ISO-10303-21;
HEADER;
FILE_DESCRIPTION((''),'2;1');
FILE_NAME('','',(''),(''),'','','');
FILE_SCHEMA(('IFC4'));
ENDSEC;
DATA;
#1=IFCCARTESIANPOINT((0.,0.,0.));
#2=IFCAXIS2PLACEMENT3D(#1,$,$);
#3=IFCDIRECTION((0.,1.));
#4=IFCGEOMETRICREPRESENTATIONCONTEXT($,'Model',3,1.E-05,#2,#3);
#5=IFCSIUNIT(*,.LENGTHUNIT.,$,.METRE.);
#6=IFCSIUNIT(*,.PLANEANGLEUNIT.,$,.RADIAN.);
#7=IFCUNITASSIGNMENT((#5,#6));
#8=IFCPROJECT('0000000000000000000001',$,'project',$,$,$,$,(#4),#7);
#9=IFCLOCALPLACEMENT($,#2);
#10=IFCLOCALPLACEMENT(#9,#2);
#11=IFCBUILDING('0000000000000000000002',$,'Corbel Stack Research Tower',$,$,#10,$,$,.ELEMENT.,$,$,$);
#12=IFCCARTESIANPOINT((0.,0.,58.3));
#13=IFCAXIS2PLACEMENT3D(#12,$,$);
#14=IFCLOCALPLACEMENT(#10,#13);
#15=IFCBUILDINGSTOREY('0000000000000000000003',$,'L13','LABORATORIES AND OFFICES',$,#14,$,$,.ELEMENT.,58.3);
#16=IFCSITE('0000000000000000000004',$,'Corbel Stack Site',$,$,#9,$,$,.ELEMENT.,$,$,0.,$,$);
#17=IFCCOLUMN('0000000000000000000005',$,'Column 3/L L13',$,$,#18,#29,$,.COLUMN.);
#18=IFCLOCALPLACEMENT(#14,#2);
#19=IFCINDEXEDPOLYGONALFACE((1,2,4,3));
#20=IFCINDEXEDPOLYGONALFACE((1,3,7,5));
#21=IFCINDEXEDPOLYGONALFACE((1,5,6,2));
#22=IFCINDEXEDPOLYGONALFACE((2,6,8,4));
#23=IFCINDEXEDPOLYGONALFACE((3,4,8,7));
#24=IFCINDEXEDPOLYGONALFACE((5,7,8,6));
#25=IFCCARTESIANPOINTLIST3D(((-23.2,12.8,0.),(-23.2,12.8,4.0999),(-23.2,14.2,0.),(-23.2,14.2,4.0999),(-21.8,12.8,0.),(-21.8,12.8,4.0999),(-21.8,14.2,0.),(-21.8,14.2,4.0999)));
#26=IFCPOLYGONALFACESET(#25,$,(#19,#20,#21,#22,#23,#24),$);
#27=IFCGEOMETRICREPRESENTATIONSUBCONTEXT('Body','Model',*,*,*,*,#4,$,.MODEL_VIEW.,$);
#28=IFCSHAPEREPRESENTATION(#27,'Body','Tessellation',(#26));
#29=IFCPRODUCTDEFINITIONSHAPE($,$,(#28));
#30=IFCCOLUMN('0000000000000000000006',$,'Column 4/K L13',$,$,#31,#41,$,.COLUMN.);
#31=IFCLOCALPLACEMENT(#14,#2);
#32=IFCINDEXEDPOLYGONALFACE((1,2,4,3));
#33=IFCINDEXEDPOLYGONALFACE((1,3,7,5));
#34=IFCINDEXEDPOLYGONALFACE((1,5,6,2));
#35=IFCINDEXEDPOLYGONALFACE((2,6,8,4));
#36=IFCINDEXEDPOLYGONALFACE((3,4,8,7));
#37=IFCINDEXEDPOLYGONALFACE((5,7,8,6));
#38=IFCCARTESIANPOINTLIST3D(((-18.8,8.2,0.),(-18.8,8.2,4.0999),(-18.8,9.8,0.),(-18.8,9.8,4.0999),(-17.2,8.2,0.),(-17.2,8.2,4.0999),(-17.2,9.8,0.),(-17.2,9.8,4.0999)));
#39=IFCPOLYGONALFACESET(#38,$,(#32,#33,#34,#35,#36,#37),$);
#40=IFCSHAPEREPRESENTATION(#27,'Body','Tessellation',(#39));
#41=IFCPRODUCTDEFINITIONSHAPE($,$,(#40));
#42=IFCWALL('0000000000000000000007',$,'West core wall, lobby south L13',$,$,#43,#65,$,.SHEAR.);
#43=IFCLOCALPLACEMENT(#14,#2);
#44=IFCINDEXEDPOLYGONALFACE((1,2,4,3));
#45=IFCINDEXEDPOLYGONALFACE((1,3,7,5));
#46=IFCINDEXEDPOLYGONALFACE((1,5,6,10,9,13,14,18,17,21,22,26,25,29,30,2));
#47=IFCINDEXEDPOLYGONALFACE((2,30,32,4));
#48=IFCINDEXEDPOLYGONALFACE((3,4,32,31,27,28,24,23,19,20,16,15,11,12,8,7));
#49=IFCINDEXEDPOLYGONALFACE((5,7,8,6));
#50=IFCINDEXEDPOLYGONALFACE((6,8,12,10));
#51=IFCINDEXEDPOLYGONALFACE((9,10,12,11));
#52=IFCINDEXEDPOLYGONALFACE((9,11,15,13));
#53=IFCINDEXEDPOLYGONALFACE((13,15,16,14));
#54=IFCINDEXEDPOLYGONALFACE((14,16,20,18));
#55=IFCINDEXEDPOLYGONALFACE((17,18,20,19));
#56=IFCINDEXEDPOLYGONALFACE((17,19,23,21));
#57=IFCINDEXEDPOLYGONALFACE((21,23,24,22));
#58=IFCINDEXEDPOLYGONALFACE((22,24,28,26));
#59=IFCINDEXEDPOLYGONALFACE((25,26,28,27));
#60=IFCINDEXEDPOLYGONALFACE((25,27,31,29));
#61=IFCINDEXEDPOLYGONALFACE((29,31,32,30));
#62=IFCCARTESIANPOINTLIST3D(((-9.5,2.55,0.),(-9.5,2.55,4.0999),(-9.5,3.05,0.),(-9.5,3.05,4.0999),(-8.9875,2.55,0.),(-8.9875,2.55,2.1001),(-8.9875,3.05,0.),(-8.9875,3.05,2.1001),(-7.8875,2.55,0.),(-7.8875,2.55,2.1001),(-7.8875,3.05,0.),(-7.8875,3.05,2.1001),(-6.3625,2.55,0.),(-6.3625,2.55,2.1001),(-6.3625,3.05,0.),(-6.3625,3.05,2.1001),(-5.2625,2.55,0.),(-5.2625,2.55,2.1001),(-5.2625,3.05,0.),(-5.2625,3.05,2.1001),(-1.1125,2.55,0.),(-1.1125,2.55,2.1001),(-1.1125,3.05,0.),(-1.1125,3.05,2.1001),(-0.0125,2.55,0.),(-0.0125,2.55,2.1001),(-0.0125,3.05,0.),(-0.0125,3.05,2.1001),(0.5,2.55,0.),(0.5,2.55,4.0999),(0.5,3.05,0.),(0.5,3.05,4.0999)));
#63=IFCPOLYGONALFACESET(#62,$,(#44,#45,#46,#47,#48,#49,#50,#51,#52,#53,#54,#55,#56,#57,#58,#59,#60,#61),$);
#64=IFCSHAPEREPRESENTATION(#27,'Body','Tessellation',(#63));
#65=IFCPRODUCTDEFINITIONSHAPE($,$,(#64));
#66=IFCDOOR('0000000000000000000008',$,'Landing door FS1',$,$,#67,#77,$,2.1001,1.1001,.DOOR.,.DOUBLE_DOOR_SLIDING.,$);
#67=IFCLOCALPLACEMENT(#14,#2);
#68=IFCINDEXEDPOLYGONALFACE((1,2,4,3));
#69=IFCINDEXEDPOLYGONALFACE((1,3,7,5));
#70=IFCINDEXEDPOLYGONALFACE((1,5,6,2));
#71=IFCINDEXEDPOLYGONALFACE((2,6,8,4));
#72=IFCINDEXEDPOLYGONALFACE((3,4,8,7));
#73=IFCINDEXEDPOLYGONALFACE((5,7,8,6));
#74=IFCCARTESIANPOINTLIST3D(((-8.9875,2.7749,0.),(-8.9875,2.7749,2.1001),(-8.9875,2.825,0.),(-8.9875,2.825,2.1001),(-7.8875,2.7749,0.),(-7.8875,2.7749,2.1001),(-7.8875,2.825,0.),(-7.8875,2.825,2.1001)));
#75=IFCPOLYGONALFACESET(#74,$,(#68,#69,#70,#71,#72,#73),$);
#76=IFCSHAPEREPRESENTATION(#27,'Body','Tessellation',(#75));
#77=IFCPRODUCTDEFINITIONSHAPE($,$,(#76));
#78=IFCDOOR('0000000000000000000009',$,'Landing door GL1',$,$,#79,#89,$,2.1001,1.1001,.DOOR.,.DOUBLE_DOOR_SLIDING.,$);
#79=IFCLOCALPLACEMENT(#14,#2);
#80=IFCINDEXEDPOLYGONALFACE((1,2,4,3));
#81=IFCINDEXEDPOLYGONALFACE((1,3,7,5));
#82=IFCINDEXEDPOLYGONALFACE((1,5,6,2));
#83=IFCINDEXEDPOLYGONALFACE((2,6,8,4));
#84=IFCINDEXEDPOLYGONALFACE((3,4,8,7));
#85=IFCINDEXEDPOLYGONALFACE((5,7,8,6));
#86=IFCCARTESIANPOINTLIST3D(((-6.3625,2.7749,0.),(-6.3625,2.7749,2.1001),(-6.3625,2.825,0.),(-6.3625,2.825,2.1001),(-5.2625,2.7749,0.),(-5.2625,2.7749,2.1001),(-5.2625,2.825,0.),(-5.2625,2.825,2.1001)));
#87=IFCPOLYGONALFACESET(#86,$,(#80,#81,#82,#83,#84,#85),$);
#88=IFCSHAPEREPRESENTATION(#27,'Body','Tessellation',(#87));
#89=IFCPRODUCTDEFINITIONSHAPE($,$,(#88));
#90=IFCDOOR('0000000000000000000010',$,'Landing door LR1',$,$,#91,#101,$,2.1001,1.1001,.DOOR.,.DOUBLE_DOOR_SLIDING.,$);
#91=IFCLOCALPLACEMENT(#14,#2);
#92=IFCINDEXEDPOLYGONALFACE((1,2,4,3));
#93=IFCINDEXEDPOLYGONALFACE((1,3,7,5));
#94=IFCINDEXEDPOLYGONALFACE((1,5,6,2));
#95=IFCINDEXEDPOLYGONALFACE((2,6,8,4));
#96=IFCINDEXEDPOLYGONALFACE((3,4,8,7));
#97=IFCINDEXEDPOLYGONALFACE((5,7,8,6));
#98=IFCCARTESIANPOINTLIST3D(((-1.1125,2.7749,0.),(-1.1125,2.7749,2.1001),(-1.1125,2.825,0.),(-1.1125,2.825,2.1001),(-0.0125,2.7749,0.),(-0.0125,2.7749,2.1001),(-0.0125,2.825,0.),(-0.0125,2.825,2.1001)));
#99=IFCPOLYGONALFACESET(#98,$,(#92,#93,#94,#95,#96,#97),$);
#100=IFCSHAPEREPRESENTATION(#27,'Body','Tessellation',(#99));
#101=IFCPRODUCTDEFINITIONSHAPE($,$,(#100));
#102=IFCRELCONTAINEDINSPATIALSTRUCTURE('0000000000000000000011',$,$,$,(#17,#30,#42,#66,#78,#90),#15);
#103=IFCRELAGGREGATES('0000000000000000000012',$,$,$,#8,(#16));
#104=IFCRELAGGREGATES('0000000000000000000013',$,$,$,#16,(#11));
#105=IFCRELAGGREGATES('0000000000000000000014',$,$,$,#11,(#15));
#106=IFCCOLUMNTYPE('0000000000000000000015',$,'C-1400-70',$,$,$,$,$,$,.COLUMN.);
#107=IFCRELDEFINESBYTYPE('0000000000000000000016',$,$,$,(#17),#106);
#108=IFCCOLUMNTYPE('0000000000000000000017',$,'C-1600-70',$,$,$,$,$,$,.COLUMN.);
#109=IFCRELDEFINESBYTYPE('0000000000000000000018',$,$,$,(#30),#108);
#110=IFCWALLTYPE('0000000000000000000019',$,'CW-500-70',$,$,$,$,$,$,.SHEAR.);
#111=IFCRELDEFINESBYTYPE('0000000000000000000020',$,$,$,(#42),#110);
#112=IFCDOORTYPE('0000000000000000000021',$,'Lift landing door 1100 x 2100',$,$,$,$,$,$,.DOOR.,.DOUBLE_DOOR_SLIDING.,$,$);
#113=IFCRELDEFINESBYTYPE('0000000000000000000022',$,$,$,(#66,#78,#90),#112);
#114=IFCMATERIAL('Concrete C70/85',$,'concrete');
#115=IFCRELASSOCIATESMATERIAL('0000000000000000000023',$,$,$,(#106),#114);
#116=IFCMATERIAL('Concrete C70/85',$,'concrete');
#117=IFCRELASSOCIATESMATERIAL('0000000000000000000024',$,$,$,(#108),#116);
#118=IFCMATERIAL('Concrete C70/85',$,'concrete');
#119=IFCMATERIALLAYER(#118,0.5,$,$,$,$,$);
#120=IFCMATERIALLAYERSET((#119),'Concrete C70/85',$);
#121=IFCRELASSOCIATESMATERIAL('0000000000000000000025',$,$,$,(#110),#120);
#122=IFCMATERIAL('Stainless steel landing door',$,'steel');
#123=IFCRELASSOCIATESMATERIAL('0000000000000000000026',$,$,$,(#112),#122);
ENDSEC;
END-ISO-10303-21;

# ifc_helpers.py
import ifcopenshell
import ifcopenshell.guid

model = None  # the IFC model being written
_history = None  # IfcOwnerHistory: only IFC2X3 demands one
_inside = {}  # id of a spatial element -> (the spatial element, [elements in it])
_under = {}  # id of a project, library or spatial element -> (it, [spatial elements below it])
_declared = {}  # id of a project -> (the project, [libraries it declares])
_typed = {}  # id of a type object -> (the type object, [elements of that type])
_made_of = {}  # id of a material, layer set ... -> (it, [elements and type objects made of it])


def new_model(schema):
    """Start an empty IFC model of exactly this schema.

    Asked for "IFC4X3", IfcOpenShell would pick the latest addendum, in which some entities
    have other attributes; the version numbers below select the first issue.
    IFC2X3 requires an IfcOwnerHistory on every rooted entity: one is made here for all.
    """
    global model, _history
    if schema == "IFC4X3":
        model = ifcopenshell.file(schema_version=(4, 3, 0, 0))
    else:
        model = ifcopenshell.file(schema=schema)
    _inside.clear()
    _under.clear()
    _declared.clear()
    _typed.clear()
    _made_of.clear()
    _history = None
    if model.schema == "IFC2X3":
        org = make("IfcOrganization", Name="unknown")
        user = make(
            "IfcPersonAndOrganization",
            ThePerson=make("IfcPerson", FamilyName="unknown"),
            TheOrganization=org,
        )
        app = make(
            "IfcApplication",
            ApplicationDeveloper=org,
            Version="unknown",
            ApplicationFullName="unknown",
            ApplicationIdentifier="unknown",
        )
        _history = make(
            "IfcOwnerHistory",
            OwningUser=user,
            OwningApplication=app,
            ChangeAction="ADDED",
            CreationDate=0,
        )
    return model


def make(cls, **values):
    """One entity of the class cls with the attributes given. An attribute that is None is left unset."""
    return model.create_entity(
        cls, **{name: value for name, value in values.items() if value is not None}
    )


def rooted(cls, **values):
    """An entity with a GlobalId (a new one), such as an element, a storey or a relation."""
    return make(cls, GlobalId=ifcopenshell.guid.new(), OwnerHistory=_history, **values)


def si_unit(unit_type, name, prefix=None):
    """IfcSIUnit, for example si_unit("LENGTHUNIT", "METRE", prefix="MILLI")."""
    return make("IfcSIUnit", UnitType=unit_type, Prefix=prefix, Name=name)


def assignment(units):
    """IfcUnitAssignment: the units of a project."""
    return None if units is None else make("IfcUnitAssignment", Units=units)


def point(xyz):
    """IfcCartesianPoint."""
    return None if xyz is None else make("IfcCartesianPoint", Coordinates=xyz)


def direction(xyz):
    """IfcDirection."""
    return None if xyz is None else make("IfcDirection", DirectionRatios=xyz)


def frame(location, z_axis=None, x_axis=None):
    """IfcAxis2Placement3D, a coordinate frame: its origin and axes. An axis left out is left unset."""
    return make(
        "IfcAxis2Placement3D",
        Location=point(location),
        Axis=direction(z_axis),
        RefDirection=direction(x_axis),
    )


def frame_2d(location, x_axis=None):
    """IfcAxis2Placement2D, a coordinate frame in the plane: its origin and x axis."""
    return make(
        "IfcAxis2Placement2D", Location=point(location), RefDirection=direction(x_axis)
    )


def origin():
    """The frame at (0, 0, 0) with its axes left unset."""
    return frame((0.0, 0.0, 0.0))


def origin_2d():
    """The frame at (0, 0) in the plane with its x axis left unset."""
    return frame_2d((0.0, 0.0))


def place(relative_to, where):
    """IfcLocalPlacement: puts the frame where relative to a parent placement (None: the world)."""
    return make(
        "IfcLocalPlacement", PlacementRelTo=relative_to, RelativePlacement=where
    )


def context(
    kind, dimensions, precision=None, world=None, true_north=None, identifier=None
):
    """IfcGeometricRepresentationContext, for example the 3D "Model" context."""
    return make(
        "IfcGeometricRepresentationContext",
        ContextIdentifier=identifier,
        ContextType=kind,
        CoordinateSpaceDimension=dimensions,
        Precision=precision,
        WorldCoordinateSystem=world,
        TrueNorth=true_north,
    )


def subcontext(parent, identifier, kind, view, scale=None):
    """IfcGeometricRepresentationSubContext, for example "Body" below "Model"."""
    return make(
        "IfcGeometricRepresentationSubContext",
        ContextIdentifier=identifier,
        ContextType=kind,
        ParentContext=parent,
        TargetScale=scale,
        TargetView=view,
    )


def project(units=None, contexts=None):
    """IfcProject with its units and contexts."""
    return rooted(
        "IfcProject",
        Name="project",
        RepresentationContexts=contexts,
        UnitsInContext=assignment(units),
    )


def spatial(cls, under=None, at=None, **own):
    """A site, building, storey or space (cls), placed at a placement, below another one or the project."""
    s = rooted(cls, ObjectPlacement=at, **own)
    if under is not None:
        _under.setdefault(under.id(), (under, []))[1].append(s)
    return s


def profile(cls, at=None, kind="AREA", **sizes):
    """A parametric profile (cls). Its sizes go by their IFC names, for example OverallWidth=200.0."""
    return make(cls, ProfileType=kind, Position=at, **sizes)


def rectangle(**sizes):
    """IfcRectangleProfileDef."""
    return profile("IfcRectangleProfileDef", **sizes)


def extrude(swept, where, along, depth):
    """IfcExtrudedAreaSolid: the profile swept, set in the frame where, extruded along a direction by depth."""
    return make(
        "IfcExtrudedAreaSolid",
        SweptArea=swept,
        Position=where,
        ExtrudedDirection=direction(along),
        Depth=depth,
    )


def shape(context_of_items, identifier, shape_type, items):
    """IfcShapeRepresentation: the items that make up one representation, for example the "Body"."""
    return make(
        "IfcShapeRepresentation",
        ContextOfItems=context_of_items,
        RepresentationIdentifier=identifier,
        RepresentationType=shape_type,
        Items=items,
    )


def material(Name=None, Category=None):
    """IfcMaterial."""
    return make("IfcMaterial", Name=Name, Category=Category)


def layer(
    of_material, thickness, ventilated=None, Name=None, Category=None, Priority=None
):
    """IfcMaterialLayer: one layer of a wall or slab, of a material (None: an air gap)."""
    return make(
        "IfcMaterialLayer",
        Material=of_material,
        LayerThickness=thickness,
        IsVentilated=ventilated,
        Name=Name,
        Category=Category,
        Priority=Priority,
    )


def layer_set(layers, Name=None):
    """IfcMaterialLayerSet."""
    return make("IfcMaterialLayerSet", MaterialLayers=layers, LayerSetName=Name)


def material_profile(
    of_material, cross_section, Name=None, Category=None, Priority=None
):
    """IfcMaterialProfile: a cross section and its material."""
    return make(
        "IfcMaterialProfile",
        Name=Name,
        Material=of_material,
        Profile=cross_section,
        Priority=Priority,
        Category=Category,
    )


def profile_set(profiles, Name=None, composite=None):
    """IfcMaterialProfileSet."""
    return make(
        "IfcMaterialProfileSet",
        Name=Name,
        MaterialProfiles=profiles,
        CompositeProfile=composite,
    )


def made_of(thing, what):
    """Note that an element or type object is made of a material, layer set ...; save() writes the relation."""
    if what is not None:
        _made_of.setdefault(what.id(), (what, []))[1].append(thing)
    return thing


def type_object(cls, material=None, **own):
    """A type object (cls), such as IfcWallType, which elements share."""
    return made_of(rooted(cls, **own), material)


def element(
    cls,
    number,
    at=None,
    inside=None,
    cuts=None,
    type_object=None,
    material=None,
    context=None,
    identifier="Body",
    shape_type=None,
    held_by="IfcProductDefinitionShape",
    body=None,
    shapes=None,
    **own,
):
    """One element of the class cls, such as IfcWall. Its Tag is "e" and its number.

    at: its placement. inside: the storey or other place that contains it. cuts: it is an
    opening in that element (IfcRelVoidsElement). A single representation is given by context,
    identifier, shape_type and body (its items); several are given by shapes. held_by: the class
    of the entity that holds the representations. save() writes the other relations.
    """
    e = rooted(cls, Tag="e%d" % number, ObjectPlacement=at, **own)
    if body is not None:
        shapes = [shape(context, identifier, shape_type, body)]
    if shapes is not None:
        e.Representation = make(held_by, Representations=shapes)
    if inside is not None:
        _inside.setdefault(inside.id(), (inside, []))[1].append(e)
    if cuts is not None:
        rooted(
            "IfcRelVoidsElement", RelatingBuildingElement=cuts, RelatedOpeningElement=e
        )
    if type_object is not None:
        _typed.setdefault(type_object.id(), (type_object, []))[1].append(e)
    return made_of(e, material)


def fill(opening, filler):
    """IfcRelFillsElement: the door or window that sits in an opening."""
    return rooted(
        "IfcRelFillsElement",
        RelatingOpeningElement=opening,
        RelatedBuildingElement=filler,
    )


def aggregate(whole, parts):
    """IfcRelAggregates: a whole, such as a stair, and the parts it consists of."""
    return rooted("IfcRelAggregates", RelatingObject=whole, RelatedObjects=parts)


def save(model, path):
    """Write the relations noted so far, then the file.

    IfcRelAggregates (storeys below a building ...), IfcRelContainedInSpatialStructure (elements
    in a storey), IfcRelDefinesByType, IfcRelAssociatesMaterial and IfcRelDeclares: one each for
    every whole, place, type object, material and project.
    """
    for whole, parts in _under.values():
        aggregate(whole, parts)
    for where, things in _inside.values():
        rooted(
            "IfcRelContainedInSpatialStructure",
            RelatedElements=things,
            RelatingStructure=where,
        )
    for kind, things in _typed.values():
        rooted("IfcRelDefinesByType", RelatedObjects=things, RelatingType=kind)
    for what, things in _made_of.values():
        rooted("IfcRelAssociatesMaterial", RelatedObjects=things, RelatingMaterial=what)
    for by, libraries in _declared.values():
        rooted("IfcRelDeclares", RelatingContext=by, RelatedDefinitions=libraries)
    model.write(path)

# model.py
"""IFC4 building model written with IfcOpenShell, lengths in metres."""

from ifc_helpers import new_model, si_unit, direction, frame, frame_2d, origin, origin_2d, place, context, subcontext, project, spatial, rectangle, extrude, material, layer, layer_set, material_profile, profile_set, type_object, element, fill, save


model = new_model("IFC4")

# Units and contexts
model_context = context("Model", 3, precision=1e-05, world=origin(), true_north=direction((0.0, 1.0)))
body_context = subcontext(model_context, "Body", "Model", "MODEL_VIEW")
ifc_project = project(units=[si_unit("LENGTHUNIT", "METRE"), si_unit("PLANEANGLEUNIT", "RADIAN")], contexts=[model_context])

# Site, building, storey
site_placement = place(None, origin())
site = spatial("IfcSite", under=ifc_project, at=site_placement, Name="Corbel Stack Site", CompositionType="ELEMENT", RefElevation=0.0)
building_placement = place(site_placement, origin())
building = spatial("IfcBuilding", under=site, at=building_placement, Name="Corbel Stack Research Tower", CompositionType="ELEMENT")
storey_placement = place(building_placement, frame((0.0, 0.0, 58.3)))
storey = spatial("IfcBuildingStorey", under=building, at=storey_placement, Name="L13", Description="LABORATORIES AND OFFICES", CompositionType="ELEMENT", Elevation=58.3)

# Columns
ifc_material_1 = material(Name="Concrete C70/85", Category="concrete")
ifc_material_profile_1 = material_profile(ifc_material_1, rectangle(XDim=1.3999, YDim=1.3999, at=origin_2d()), Name="RC 1400 x 1400")
ifc_profile_set_1 = profile_set([ifc_material_profile_1], Name="Concrete C70/85")
column_type_1 = type_object("IfcColumnType", Name="C-1400-70", PredefinedType="COLUMN", material=ifc_profile_set_1)
column_1_placement = place(storey_placement, frame((-22.5, 13.5, 0.0), z_axis=(0.0, 0.0, 1.0), x_axis=(1.0, 0.0, 0.0)))
element("IfcColumn", 1, at=column_1_placement, inside=storey, type_object=column_type_1, Name="Column 3/L L13", PredefinedType="COLUMN", context=body_context, shape_type="SweptSolid", body=[
    extrude(rectangle(XDim=1.3999, YDim=1.3999, at=origin_2d()), origin(), (0.0, 0.0, 1.0), 4.0999),
])
ifc_material_2 = material(Name="Concrete C70/85", Category="concrete")
ifc_material_profile_2 = material_profile(ifc_material_2, rectangle(XDim=1.6001, YDim=1.6001, at=origin_2d()), Name="RC 1600 x 1600")
ifc_profile_set_2 = profile_set([ifc_material_profile_2], Name="Concrete C70/85")
column_type_2 = type_object("IfcColumnType", Name="C-1600-70", PredefinedType="COLUMN", material=ifc_profile_set_2)
column_2_placement = place(storey_placement, frame((-18.0, 9.0, 0.0), z_axis=(0.0, 0.0, 1.0), x_axis=(1.0, 0.0, 0.0)))
element("IfcColumn", 2, at=column_2_placement, inside=storey, type_object=column_type_2, Name="Column 4/K L13", PredefinedType="COLUMN", context=body_context, shape_type="SweptSolid", body=[
    extrude(rectangle(XDim=1.6001, YDim=1.6001, at=origin_2d()), origin(), (0.0, 0.0, 1.0), 4.0999),
])

# Wall, openings, doors
ifc_material_3 = material(Name="Concrete C70/85", Category="concrete")
ifc_layer_1 = layer(ifc_material_3, 0.5)
ifc_layer_set_1 = layer_set([ifc_layer_1], Name="Concrete C70/85")
wall_type_1 = type_object("IfcWallType", Name="CW-500-70", PredefinedType="SHEAR", material=ifc_layer_set_1)
wall_1_placement = place(storey_placement, frame((-9.5, 2.8, 0.0), z_axis=(0.0, 0.0, 1.0), x_axis=(1.0, 0.0, 0.0)))
wall_1 = element("IfcWall", 3, at=wall_1_placement, inside=storey, type_object=wall_type_1, Name="West core wall, lobby south L13", PredefinedType="SHEAR", context=body_context, shape_type="SweptSolid", body=[
    extrude(rectangle(XDim=10.0, YDim=0.5, at=frame_2d((5.0, 0.0))), origin(), (0.0, 0.0, 1.0), 4.0999),
])
opening_1_placement = place(wall_1_placement, frame((0.5125, 0.0, 0.0)))
opening_1 = element("IfcOpeningElement", 4, at=opening_1_placement, cuts=wall_1, PredefinedType="OPENING", context=body_context, shape_type="SweptSolid", body=[
    extrude(rectangle(XDim=1.1001, YDim=2.1001, at=frame_2d((0.55, 1.05))), frame((0.0, 0.26, 0.0), z_axis=(0.0, -1.0, 0.0), x_axis=(1.0, 0.0, 0.0)), (0.0, 0.0, 1.0), 0.52),
])
opening_2_placement = place(wall_1_placement, frame((3.1375, 0.0, 0.0)))
opening_2 = element("IfcOpeningElement", 5, at=opening_2_placement, cuts=wall_1, PredefinedType="OPENING", context=body_context, shape_type="SweptSolid", body=[
    extrude(rectangle(XDim=1.1001, YDim=2.1001, at=frame_2d((0.55, 1.05))), frame((0.0, 0.26, 0.0), z_axis=(0.0, -1.0, 0.0), x_axis=(1.0, 0.0, 0.0)), (0.0, 0.0, 1.0), 0.52),
])
opening_3_placement = place(wall_1_placement, frame((8.3875, 0.0, 0.0)))
opening_3 = element("IfcOpeningElement", 6, at=opening_3_placement, cuts=wall_1, PredefinedType="OPENING", context=body_context, shape_type="SweptSolid", body=[
    extrude(rectangle(XDim=1.1001, YDim=2.1001, at=frame_2d((0.55, 1.05))), frame((0.0, 0.26, 0.0), z_axis=(0.0, -1.0, 0.0), x_axis=(1.0, 0.0, 0.0)), (0.0, 0.0, 1.0), 0.52),
])
ifc_material_4 = material(Name="Stainless steel landing door", Category="steel")
door_type_1 = type_object("IfcDoorType", Name="Lift landing door 1100 x 2100", OperationType="DOUBLE_DOOR_SLIDING", PredefinedType="DOOR", material=ifc_material_4)
door_1_placement = place(opening_1_placement, origin())
door_1 = element("IfcDoor", 7, at=door_1_placement, inside=storey, type_object=door_type_1, Name="Landing door FS1", OperationType="DOUBLE_DOOR_SLIDING", OverallHeight=2.1001, OverallWidth=1.1001, PredefinedType="DOOR", context=body_context, shape_type="SweptSolid", body=[
    extrude(rectangle(XDim=1.1001, YDim=2.1001, at=frame_2d((0.55, 1.05))), frame((0.0, 0.0249, 0.0), z_axis=(0.0, -1.0, 0.0), x_axis=(1.0, 0.0, 0.0)), (0.0, 0.0, 1.0), 0.05),
])
fill(opening_1, door_1)
door_2_placement = place(opening_2_placement, origin())
door_2 = element("IfcDoor", 8, at=door_2_placement, inside=storey, type_object=door_type_1, Name="Landing door GL1", OperationType="DOUBLE_DOOR_SLIDING", OverallHeight=2.1001, OverallWidth=1.1001, PredefinedType="DOOR", context=body_context, shape_type="SweptSolid", body=[
    extrude(rectangle(XDim=1.1001, YDim=2.1001, at=frame_2d((0.55, 1.05))), frame((0.0, 0.0249, 0.0), z_axis=(0.0, -1.0, 0.0), x_axis=(1.0, 0.0, 0.0)), (0.0, 0.0, 1.0), 0.05),
])
fill(opening_2, door_2)
door_3_placement = place(opening_3_placement, origin())
door_3 = element("IfcDoor", 9, at=door_3_placement, inside=storey, type_object=door_type_1, Name="Landing door LR1", OperationType="DOUBLE_DOOR_SLIDING", OverallHeight=2.1001, OverallWidth=1.1001, PredefinedType="DOOR", context=body_context, shape_type="SweptSolid", body=[
    extrude(rectangle(XDim=1.1001, YDim=2.1001, at=frame_2d((0.55, 1.05))), frame((0.0, 0.0249, 0.0), z_axis=(0.0, -1.0, 0.0), x_axis=(1.0, 0.0, 0.0)), (0.0, 0.0, 1.0), 0.05),
])
fill(opening_3, door_3)

save(model, "model.ifc")
